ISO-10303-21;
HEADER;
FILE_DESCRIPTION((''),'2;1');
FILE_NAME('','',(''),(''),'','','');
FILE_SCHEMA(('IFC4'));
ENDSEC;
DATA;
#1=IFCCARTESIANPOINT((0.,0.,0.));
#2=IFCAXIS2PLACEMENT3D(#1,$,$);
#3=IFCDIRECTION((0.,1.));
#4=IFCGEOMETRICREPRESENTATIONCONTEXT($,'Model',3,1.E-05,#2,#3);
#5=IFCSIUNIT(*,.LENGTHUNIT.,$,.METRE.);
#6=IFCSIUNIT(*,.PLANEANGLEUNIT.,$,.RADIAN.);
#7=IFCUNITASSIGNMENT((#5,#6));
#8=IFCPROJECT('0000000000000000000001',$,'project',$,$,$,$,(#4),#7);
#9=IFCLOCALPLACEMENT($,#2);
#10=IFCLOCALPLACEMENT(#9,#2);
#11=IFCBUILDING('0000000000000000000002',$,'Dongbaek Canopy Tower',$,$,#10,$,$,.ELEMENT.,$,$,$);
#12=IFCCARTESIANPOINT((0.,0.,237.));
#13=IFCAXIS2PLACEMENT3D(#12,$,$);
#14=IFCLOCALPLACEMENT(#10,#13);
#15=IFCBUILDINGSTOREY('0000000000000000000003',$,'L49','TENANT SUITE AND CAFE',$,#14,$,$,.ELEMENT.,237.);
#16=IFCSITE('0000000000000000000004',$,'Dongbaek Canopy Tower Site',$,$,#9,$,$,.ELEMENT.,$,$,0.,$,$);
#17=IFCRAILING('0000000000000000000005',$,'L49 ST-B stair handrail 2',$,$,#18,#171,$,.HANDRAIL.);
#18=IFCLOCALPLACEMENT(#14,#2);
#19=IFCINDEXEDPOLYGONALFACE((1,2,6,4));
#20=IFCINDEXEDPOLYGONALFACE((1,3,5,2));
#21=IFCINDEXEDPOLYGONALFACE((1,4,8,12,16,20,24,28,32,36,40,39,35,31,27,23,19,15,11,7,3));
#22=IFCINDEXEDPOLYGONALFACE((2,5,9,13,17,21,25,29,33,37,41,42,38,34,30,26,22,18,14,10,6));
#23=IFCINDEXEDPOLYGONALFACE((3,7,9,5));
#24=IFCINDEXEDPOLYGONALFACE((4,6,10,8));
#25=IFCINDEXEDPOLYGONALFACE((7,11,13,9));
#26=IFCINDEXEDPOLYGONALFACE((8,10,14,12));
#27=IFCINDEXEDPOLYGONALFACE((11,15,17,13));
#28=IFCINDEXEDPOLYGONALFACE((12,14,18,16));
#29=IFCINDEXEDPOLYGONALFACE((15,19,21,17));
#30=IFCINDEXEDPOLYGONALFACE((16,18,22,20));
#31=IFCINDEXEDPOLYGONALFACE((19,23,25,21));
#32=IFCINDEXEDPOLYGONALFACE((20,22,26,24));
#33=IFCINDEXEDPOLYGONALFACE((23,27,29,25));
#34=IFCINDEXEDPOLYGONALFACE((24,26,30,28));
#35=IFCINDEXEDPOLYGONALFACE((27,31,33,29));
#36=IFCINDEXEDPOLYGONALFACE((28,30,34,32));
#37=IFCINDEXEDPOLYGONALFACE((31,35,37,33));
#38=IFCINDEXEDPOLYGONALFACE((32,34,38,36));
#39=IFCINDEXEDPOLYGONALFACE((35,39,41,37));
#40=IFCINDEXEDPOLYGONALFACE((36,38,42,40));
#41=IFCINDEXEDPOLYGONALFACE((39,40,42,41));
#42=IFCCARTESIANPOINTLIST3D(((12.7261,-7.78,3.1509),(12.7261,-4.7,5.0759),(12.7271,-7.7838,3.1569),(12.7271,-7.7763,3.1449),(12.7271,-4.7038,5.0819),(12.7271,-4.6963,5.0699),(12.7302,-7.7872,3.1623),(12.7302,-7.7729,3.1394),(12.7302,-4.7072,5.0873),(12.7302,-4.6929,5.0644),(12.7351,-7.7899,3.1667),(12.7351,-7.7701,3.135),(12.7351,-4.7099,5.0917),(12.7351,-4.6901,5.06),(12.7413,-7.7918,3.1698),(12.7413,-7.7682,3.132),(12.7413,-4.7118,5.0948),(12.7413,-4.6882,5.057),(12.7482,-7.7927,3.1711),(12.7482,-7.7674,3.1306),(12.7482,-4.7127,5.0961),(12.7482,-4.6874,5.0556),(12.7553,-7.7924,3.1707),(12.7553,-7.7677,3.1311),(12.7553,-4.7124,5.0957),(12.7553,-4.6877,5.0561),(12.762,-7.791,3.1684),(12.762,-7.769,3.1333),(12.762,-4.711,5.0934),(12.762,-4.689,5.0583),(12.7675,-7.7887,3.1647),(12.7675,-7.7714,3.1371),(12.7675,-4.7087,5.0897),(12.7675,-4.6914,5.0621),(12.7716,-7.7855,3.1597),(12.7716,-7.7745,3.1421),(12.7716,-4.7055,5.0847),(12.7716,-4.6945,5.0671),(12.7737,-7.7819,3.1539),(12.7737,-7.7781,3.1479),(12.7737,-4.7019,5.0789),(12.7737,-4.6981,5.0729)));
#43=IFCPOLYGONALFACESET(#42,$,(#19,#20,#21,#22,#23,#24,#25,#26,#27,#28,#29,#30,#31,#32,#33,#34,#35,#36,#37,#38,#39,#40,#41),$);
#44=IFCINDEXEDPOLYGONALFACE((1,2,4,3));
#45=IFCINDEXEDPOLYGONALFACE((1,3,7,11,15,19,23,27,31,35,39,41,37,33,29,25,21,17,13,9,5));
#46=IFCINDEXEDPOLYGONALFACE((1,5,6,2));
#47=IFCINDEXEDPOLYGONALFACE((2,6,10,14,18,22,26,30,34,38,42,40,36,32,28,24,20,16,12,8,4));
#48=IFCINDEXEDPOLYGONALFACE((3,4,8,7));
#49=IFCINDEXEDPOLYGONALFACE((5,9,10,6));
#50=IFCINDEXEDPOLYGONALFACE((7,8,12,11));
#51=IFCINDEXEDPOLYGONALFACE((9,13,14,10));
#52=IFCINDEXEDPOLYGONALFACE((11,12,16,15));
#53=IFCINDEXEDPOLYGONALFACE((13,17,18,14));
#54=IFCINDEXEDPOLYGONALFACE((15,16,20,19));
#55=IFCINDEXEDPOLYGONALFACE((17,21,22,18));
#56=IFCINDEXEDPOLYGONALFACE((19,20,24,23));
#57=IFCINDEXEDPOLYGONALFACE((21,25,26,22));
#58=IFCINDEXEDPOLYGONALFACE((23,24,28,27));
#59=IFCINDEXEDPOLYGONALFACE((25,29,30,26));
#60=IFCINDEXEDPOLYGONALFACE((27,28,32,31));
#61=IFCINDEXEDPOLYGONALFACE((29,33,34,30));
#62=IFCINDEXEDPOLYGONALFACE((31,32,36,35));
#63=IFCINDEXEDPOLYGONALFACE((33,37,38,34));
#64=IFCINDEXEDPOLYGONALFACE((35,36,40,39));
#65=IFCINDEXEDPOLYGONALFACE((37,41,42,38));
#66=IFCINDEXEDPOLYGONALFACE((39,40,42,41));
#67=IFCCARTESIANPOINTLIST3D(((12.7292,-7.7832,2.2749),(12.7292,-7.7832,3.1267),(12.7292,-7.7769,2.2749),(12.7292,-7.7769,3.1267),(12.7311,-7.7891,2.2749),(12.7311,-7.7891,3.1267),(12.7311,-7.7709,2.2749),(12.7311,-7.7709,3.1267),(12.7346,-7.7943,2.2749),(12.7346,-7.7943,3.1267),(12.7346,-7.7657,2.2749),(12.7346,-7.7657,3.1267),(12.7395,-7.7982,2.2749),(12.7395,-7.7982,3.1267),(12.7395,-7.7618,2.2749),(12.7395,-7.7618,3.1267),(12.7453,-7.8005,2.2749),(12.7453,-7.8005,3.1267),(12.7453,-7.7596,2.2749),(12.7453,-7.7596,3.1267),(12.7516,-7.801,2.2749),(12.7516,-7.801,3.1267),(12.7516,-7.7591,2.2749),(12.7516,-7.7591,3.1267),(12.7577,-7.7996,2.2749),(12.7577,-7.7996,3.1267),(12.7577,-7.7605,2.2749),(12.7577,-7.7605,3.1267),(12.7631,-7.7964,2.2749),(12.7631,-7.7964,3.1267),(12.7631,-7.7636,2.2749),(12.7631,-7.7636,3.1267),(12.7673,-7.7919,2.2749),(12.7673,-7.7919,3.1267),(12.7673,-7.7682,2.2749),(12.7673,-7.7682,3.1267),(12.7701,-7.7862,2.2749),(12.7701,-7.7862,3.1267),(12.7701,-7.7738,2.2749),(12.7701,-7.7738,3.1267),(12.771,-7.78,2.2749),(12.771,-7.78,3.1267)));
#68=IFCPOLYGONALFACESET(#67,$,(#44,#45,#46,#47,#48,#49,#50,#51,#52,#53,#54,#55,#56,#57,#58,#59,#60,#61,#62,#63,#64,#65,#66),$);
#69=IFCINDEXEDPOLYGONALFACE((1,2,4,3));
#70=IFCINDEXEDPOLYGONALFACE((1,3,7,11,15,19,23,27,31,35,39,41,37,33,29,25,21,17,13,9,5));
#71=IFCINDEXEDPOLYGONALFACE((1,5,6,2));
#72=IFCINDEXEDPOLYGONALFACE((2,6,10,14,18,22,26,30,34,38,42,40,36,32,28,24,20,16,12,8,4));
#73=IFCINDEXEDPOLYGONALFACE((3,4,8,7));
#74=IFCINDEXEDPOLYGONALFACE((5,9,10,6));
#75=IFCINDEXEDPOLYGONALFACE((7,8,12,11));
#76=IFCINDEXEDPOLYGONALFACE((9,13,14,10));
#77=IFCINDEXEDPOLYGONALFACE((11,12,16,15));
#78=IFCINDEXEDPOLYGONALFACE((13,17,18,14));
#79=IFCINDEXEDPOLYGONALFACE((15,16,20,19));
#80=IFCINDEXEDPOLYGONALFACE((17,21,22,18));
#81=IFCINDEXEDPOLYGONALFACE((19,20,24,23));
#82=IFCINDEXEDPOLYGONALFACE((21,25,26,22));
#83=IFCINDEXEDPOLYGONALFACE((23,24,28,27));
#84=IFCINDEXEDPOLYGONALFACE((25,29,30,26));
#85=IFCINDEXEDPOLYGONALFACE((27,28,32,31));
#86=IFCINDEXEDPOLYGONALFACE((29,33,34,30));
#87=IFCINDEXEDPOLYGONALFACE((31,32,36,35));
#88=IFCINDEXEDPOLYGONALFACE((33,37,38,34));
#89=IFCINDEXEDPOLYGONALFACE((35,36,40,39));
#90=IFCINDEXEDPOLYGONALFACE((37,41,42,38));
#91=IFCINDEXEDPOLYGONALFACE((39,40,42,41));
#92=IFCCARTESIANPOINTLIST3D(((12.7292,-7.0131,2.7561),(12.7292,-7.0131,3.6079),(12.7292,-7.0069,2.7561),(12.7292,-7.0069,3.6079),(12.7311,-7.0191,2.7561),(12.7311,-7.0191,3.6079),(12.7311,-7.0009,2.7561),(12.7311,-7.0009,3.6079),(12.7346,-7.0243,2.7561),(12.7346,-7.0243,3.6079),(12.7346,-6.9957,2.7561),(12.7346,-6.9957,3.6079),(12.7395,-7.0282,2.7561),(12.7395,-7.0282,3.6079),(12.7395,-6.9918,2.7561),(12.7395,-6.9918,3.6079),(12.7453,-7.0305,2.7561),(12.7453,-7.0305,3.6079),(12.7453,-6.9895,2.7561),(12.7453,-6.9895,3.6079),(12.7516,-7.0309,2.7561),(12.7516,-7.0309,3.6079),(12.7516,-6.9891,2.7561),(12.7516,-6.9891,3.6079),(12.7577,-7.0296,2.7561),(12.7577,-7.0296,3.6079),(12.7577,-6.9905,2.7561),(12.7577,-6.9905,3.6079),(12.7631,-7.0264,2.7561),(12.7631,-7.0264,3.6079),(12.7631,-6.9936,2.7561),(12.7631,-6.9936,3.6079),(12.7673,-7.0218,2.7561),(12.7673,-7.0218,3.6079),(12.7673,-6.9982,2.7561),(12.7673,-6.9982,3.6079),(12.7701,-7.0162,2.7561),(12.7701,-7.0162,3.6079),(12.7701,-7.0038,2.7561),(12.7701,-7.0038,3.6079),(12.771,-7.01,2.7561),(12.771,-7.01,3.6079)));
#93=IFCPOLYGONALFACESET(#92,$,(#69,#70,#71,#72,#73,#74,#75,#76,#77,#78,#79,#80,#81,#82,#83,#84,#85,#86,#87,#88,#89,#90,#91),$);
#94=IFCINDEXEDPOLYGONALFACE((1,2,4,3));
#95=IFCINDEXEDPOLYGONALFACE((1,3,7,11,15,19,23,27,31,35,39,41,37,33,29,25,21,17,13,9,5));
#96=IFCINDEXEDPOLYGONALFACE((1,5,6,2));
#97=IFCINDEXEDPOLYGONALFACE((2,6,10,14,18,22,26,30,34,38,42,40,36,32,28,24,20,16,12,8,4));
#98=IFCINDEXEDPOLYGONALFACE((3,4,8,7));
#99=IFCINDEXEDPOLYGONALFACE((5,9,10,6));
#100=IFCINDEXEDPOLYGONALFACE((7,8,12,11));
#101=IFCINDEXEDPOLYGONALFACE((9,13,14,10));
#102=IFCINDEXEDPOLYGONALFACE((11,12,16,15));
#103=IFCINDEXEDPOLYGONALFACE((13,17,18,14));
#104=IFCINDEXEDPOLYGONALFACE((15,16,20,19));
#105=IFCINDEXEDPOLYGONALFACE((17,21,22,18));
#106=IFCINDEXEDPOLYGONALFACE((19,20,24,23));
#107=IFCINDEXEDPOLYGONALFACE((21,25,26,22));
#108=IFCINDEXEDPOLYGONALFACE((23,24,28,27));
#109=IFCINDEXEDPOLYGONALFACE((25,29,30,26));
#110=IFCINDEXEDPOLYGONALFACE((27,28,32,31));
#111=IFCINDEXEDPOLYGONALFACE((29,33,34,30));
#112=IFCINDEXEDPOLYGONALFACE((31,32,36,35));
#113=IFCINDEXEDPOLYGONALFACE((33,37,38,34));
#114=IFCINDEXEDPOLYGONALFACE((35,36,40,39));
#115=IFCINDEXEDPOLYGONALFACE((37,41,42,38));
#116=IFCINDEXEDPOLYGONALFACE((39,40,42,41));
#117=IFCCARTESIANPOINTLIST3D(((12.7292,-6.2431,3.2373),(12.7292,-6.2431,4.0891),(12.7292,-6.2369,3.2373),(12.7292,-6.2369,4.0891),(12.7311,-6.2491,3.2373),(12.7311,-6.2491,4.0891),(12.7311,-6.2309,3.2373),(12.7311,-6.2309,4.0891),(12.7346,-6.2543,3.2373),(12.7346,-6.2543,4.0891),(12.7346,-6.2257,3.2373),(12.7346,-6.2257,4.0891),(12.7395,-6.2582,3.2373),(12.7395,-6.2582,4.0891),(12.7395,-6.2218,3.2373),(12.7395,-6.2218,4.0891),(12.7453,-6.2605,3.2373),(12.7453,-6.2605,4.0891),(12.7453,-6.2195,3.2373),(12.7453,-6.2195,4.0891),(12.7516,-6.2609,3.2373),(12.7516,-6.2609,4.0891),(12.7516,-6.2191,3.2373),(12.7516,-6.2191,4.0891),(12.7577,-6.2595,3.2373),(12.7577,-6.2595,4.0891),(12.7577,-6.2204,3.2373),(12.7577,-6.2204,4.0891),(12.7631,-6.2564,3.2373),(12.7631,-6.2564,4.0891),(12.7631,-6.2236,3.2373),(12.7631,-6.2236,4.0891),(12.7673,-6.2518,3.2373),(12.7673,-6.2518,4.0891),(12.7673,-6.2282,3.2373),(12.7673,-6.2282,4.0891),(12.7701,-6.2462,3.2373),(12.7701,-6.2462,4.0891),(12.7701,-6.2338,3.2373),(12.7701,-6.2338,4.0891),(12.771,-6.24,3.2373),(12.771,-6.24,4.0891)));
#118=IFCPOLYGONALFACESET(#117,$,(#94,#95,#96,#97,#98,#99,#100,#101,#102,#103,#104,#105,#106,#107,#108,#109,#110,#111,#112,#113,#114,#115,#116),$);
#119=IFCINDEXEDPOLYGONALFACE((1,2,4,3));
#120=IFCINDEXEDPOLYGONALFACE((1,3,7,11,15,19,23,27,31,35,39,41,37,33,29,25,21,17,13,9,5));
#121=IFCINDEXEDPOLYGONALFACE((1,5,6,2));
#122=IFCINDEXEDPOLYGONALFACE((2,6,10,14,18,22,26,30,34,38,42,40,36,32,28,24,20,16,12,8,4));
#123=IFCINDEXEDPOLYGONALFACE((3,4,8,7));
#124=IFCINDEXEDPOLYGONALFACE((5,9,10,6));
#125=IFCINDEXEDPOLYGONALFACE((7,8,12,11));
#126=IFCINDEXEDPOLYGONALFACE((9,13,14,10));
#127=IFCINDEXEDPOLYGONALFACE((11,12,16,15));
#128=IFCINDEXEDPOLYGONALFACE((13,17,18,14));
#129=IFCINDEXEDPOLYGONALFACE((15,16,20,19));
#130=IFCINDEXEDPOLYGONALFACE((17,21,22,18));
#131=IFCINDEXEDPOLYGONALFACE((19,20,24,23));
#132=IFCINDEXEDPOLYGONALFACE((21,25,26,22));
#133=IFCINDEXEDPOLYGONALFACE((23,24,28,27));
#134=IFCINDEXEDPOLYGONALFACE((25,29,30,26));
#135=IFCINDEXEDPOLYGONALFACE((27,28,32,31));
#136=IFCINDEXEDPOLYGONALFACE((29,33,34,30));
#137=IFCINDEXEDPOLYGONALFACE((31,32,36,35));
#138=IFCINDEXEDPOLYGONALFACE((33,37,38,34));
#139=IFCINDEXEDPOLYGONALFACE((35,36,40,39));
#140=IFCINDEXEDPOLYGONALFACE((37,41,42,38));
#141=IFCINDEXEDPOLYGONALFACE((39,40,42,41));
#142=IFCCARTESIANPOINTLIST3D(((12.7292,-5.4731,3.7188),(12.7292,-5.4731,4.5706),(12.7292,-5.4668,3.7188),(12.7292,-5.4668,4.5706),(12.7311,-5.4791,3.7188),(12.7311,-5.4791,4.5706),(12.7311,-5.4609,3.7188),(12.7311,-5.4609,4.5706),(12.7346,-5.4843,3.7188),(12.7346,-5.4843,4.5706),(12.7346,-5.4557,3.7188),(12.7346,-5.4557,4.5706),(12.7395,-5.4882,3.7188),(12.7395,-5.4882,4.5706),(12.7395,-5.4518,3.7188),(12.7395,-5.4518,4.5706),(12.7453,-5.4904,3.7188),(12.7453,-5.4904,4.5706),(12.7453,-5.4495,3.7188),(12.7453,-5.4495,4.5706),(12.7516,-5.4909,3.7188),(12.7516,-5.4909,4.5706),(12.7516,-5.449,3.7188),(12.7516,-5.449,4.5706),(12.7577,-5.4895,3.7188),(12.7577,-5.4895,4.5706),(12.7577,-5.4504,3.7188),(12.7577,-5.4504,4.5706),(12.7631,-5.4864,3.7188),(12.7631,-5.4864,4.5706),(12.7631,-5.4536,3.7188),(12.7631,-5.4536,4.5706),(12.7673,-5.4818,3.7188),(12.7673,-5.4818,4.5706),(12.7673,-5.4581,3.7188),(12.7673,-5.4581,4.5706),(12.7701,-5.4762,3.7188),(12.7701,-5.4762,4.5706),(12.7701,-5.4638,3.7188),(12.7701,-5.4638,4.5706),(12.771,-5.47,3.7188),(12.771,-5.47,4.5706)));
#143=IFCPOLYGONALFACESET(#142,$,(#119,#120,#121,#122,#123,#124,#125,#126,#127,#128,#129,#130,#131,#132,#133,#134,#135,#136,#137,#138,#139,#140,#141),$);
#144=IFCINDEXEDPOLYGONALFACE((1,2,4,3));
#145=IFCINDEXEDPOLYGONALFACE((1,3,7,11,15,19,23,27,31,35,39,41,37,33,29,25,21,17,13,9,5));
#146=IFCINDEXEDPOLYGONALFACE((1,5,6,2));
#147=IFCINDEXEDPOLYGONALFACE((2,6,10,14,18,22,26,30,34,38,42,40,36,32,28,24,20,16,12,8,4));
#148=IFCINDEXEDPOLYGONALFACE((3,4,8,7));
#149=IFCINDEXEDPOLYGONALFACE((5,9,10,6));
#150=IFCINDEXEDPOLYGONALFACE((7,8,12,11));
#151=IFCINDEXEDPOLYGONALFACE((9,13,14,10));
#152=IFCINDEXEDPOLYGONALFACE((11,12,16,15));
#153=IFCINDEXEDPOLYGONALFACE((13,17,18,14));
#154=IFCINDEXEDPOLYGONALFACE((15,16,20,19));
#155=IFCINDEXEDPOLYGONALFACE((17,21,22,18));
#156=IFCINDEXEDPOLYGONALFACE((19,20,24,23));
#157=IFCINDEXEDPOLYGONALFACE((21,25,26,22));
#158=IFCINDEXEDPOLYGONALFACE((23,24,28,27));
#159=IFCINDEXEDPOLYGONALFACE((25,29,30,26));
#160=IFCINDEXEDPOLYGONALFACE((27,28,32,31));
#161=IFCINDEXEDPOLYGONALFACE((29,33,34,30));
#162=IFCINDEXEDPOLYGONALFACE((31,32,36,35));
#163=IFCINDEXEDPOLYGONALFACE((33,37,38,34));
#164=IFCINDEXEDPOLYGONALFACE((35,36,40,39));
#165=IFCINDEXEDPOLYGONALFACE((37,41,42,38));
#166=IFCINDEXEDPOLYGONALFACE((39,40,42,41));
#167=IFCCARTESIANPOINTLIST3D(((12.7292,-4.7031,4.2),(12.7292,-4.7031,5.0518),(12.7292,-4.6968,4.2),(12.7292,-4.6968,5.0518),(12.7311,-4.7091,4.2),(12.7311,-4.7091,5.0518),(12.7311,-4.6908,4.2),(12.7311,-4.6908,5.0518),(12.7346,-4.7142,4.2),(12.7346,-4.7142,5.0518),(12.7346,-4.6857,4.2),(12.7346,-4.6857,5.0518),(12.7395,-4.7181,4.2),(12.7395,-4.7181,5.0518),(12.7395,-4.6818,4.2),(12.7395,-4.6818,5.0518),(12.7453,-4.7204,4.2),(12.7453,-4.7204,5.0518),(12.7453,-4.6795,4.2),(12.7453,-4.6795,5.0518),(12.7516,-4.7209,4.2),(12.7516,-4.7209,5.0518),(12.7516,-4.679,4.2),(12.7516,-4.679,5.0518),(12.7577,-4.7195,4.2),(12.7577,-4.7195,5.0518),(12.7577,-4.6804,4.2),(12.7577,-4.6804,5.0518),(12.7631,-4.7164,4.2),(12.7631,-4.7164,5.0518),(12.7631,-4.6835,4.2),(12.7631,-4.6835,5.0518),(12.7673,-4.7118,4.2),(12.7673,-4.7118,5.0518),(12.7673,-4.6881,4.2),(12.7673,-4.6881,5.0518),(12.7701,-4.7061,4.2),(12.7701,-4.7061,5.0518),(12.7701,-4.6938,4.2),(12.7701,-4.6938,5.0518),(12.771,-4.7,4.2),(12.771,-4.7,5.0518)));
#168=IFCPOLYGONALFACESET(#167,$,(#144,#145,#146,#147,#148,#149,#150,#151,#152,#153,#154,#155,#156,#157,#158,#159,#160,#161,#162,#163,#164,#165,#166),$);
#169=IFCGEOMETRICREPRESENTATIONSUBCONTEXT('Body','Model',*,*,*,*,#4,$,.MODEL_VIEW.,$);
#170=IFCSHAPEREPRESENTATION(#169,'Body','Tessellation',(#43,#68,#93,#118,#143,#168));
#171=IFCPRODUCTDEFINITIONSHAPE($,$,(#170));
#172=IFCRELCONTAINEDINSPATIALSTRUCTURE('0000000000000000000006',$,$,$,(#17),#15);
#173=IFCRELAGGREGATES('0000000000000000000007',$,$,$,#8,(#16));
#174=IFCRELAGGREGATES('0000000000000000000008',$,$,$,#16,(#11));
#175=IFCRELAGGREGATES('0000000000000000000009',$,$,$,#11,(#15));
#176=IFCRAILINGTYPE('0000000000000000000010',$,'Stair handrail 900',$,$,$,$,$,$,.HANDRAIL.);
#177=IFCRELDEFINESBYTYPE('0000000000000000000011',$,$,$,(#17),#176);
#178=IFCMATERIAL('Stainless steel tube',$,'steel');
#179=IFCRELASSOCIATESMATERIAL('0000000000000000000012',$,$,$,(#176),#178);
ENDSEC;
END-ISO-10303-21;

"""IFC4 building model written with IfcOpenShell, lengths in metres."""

from ifc_helpers import new_model, si_unit, direction, frame, origin, origin_2d, place, context, subcontext, project, spatial, circle, extrude, material, type_object, element, save


model = new_model("IFC4")

# Units and contexts
model_context = context("Model", 3, precision=1e-05, world=origin(), true_north=direction((0.0, 1.0)))
body_context = subcontext(model_context, "Body", "Model", "MODEL_VIEW")
ifc_project = project(units=[si_unit("LENGTHUNIT", "METRE"), si_unit("PLANEANGLEUNIT", "RADIAN")], contexts=[model_context])

# Site, building, storey
site_placement = place(None, origin())
site = spatial("IfcSite", under=ifc_project, at=site_placement, Name="Dongbaek Canopy Tower Site", CompositionType="ELEMENT", RefElevation=0.0)
building_placement = place(site_placement, origin())
building = spatial("IfcBuilding", under=site, at=building_placement, Name="Dongbaek Canopy Tower", CompositionType="ELEMENT")
storey_placement = place(building_placement, frame((0.0, 0.0, 237.0)))
storey = spatial("IfcBuildingStorey", under=building, at=storey_placement, Name="L49", Description="TENANT SUITE AND CAFE", CompositionType="ELEMENT", Elevation=237.0)

# Railing
ifc_material_1 = material(Name="Stainless steel tube", Category="steel")
railing_type_1 = type_object("IfcRailingType", Name="Stair handrail 900", PredefinedType="HANDRAIL", material=ifc_material_1)
railing_1_placement = place(storey_placement, frame((12.75, -7.78, 2.2749)))
element("IfcRailing", 1, at=railing_1_placement, inside=storey, type_object=railing_type_1, Name="L49 ST-B stair handrail 2", PredefinedType="HANDRAIL", context=body_context, shape_type="SweptSolid", body=[
    extrude(circle(Radius=0.0239, at=origin_2d()), frame((0.0, 0.0, 0.876), z_axis=(0.0, 0.847998, 0.529999), x_axis=(-1.0, 0.0, 0.0)), (0.0, 0.0, 1.0), 3.6321),
    extrude(circle(Radius=0.021, at=origin_2d()), origin(), (0.0, 0.0, 1.0), 0.8518),
    extrude(circle(Radius=0.021, at=origin_2d()), frame((0.0, 0.77, 0.4812)), (0.0, 0.0, 1.0), 0.8518),
    extrude(circle(Radius=0.021, at=origin_2d()), frame((0.0, 1.54, 0.9624)), (0.0, 0.0, 1.0), 0.8518),
    extrude(circle(Radius=0.021, at=origin_2d()), frame((0.0, 2.3101, 1.4438)), (0.0, 0.0, 1.0), 0.8518),
    extrude(circle(Radius=0.021, at=origin_2d()), frame((0.0, 3.0801, 1.925)), (0.0, 0.0, 1.0), 0.8518),
])

save(model, "model.ifc")
